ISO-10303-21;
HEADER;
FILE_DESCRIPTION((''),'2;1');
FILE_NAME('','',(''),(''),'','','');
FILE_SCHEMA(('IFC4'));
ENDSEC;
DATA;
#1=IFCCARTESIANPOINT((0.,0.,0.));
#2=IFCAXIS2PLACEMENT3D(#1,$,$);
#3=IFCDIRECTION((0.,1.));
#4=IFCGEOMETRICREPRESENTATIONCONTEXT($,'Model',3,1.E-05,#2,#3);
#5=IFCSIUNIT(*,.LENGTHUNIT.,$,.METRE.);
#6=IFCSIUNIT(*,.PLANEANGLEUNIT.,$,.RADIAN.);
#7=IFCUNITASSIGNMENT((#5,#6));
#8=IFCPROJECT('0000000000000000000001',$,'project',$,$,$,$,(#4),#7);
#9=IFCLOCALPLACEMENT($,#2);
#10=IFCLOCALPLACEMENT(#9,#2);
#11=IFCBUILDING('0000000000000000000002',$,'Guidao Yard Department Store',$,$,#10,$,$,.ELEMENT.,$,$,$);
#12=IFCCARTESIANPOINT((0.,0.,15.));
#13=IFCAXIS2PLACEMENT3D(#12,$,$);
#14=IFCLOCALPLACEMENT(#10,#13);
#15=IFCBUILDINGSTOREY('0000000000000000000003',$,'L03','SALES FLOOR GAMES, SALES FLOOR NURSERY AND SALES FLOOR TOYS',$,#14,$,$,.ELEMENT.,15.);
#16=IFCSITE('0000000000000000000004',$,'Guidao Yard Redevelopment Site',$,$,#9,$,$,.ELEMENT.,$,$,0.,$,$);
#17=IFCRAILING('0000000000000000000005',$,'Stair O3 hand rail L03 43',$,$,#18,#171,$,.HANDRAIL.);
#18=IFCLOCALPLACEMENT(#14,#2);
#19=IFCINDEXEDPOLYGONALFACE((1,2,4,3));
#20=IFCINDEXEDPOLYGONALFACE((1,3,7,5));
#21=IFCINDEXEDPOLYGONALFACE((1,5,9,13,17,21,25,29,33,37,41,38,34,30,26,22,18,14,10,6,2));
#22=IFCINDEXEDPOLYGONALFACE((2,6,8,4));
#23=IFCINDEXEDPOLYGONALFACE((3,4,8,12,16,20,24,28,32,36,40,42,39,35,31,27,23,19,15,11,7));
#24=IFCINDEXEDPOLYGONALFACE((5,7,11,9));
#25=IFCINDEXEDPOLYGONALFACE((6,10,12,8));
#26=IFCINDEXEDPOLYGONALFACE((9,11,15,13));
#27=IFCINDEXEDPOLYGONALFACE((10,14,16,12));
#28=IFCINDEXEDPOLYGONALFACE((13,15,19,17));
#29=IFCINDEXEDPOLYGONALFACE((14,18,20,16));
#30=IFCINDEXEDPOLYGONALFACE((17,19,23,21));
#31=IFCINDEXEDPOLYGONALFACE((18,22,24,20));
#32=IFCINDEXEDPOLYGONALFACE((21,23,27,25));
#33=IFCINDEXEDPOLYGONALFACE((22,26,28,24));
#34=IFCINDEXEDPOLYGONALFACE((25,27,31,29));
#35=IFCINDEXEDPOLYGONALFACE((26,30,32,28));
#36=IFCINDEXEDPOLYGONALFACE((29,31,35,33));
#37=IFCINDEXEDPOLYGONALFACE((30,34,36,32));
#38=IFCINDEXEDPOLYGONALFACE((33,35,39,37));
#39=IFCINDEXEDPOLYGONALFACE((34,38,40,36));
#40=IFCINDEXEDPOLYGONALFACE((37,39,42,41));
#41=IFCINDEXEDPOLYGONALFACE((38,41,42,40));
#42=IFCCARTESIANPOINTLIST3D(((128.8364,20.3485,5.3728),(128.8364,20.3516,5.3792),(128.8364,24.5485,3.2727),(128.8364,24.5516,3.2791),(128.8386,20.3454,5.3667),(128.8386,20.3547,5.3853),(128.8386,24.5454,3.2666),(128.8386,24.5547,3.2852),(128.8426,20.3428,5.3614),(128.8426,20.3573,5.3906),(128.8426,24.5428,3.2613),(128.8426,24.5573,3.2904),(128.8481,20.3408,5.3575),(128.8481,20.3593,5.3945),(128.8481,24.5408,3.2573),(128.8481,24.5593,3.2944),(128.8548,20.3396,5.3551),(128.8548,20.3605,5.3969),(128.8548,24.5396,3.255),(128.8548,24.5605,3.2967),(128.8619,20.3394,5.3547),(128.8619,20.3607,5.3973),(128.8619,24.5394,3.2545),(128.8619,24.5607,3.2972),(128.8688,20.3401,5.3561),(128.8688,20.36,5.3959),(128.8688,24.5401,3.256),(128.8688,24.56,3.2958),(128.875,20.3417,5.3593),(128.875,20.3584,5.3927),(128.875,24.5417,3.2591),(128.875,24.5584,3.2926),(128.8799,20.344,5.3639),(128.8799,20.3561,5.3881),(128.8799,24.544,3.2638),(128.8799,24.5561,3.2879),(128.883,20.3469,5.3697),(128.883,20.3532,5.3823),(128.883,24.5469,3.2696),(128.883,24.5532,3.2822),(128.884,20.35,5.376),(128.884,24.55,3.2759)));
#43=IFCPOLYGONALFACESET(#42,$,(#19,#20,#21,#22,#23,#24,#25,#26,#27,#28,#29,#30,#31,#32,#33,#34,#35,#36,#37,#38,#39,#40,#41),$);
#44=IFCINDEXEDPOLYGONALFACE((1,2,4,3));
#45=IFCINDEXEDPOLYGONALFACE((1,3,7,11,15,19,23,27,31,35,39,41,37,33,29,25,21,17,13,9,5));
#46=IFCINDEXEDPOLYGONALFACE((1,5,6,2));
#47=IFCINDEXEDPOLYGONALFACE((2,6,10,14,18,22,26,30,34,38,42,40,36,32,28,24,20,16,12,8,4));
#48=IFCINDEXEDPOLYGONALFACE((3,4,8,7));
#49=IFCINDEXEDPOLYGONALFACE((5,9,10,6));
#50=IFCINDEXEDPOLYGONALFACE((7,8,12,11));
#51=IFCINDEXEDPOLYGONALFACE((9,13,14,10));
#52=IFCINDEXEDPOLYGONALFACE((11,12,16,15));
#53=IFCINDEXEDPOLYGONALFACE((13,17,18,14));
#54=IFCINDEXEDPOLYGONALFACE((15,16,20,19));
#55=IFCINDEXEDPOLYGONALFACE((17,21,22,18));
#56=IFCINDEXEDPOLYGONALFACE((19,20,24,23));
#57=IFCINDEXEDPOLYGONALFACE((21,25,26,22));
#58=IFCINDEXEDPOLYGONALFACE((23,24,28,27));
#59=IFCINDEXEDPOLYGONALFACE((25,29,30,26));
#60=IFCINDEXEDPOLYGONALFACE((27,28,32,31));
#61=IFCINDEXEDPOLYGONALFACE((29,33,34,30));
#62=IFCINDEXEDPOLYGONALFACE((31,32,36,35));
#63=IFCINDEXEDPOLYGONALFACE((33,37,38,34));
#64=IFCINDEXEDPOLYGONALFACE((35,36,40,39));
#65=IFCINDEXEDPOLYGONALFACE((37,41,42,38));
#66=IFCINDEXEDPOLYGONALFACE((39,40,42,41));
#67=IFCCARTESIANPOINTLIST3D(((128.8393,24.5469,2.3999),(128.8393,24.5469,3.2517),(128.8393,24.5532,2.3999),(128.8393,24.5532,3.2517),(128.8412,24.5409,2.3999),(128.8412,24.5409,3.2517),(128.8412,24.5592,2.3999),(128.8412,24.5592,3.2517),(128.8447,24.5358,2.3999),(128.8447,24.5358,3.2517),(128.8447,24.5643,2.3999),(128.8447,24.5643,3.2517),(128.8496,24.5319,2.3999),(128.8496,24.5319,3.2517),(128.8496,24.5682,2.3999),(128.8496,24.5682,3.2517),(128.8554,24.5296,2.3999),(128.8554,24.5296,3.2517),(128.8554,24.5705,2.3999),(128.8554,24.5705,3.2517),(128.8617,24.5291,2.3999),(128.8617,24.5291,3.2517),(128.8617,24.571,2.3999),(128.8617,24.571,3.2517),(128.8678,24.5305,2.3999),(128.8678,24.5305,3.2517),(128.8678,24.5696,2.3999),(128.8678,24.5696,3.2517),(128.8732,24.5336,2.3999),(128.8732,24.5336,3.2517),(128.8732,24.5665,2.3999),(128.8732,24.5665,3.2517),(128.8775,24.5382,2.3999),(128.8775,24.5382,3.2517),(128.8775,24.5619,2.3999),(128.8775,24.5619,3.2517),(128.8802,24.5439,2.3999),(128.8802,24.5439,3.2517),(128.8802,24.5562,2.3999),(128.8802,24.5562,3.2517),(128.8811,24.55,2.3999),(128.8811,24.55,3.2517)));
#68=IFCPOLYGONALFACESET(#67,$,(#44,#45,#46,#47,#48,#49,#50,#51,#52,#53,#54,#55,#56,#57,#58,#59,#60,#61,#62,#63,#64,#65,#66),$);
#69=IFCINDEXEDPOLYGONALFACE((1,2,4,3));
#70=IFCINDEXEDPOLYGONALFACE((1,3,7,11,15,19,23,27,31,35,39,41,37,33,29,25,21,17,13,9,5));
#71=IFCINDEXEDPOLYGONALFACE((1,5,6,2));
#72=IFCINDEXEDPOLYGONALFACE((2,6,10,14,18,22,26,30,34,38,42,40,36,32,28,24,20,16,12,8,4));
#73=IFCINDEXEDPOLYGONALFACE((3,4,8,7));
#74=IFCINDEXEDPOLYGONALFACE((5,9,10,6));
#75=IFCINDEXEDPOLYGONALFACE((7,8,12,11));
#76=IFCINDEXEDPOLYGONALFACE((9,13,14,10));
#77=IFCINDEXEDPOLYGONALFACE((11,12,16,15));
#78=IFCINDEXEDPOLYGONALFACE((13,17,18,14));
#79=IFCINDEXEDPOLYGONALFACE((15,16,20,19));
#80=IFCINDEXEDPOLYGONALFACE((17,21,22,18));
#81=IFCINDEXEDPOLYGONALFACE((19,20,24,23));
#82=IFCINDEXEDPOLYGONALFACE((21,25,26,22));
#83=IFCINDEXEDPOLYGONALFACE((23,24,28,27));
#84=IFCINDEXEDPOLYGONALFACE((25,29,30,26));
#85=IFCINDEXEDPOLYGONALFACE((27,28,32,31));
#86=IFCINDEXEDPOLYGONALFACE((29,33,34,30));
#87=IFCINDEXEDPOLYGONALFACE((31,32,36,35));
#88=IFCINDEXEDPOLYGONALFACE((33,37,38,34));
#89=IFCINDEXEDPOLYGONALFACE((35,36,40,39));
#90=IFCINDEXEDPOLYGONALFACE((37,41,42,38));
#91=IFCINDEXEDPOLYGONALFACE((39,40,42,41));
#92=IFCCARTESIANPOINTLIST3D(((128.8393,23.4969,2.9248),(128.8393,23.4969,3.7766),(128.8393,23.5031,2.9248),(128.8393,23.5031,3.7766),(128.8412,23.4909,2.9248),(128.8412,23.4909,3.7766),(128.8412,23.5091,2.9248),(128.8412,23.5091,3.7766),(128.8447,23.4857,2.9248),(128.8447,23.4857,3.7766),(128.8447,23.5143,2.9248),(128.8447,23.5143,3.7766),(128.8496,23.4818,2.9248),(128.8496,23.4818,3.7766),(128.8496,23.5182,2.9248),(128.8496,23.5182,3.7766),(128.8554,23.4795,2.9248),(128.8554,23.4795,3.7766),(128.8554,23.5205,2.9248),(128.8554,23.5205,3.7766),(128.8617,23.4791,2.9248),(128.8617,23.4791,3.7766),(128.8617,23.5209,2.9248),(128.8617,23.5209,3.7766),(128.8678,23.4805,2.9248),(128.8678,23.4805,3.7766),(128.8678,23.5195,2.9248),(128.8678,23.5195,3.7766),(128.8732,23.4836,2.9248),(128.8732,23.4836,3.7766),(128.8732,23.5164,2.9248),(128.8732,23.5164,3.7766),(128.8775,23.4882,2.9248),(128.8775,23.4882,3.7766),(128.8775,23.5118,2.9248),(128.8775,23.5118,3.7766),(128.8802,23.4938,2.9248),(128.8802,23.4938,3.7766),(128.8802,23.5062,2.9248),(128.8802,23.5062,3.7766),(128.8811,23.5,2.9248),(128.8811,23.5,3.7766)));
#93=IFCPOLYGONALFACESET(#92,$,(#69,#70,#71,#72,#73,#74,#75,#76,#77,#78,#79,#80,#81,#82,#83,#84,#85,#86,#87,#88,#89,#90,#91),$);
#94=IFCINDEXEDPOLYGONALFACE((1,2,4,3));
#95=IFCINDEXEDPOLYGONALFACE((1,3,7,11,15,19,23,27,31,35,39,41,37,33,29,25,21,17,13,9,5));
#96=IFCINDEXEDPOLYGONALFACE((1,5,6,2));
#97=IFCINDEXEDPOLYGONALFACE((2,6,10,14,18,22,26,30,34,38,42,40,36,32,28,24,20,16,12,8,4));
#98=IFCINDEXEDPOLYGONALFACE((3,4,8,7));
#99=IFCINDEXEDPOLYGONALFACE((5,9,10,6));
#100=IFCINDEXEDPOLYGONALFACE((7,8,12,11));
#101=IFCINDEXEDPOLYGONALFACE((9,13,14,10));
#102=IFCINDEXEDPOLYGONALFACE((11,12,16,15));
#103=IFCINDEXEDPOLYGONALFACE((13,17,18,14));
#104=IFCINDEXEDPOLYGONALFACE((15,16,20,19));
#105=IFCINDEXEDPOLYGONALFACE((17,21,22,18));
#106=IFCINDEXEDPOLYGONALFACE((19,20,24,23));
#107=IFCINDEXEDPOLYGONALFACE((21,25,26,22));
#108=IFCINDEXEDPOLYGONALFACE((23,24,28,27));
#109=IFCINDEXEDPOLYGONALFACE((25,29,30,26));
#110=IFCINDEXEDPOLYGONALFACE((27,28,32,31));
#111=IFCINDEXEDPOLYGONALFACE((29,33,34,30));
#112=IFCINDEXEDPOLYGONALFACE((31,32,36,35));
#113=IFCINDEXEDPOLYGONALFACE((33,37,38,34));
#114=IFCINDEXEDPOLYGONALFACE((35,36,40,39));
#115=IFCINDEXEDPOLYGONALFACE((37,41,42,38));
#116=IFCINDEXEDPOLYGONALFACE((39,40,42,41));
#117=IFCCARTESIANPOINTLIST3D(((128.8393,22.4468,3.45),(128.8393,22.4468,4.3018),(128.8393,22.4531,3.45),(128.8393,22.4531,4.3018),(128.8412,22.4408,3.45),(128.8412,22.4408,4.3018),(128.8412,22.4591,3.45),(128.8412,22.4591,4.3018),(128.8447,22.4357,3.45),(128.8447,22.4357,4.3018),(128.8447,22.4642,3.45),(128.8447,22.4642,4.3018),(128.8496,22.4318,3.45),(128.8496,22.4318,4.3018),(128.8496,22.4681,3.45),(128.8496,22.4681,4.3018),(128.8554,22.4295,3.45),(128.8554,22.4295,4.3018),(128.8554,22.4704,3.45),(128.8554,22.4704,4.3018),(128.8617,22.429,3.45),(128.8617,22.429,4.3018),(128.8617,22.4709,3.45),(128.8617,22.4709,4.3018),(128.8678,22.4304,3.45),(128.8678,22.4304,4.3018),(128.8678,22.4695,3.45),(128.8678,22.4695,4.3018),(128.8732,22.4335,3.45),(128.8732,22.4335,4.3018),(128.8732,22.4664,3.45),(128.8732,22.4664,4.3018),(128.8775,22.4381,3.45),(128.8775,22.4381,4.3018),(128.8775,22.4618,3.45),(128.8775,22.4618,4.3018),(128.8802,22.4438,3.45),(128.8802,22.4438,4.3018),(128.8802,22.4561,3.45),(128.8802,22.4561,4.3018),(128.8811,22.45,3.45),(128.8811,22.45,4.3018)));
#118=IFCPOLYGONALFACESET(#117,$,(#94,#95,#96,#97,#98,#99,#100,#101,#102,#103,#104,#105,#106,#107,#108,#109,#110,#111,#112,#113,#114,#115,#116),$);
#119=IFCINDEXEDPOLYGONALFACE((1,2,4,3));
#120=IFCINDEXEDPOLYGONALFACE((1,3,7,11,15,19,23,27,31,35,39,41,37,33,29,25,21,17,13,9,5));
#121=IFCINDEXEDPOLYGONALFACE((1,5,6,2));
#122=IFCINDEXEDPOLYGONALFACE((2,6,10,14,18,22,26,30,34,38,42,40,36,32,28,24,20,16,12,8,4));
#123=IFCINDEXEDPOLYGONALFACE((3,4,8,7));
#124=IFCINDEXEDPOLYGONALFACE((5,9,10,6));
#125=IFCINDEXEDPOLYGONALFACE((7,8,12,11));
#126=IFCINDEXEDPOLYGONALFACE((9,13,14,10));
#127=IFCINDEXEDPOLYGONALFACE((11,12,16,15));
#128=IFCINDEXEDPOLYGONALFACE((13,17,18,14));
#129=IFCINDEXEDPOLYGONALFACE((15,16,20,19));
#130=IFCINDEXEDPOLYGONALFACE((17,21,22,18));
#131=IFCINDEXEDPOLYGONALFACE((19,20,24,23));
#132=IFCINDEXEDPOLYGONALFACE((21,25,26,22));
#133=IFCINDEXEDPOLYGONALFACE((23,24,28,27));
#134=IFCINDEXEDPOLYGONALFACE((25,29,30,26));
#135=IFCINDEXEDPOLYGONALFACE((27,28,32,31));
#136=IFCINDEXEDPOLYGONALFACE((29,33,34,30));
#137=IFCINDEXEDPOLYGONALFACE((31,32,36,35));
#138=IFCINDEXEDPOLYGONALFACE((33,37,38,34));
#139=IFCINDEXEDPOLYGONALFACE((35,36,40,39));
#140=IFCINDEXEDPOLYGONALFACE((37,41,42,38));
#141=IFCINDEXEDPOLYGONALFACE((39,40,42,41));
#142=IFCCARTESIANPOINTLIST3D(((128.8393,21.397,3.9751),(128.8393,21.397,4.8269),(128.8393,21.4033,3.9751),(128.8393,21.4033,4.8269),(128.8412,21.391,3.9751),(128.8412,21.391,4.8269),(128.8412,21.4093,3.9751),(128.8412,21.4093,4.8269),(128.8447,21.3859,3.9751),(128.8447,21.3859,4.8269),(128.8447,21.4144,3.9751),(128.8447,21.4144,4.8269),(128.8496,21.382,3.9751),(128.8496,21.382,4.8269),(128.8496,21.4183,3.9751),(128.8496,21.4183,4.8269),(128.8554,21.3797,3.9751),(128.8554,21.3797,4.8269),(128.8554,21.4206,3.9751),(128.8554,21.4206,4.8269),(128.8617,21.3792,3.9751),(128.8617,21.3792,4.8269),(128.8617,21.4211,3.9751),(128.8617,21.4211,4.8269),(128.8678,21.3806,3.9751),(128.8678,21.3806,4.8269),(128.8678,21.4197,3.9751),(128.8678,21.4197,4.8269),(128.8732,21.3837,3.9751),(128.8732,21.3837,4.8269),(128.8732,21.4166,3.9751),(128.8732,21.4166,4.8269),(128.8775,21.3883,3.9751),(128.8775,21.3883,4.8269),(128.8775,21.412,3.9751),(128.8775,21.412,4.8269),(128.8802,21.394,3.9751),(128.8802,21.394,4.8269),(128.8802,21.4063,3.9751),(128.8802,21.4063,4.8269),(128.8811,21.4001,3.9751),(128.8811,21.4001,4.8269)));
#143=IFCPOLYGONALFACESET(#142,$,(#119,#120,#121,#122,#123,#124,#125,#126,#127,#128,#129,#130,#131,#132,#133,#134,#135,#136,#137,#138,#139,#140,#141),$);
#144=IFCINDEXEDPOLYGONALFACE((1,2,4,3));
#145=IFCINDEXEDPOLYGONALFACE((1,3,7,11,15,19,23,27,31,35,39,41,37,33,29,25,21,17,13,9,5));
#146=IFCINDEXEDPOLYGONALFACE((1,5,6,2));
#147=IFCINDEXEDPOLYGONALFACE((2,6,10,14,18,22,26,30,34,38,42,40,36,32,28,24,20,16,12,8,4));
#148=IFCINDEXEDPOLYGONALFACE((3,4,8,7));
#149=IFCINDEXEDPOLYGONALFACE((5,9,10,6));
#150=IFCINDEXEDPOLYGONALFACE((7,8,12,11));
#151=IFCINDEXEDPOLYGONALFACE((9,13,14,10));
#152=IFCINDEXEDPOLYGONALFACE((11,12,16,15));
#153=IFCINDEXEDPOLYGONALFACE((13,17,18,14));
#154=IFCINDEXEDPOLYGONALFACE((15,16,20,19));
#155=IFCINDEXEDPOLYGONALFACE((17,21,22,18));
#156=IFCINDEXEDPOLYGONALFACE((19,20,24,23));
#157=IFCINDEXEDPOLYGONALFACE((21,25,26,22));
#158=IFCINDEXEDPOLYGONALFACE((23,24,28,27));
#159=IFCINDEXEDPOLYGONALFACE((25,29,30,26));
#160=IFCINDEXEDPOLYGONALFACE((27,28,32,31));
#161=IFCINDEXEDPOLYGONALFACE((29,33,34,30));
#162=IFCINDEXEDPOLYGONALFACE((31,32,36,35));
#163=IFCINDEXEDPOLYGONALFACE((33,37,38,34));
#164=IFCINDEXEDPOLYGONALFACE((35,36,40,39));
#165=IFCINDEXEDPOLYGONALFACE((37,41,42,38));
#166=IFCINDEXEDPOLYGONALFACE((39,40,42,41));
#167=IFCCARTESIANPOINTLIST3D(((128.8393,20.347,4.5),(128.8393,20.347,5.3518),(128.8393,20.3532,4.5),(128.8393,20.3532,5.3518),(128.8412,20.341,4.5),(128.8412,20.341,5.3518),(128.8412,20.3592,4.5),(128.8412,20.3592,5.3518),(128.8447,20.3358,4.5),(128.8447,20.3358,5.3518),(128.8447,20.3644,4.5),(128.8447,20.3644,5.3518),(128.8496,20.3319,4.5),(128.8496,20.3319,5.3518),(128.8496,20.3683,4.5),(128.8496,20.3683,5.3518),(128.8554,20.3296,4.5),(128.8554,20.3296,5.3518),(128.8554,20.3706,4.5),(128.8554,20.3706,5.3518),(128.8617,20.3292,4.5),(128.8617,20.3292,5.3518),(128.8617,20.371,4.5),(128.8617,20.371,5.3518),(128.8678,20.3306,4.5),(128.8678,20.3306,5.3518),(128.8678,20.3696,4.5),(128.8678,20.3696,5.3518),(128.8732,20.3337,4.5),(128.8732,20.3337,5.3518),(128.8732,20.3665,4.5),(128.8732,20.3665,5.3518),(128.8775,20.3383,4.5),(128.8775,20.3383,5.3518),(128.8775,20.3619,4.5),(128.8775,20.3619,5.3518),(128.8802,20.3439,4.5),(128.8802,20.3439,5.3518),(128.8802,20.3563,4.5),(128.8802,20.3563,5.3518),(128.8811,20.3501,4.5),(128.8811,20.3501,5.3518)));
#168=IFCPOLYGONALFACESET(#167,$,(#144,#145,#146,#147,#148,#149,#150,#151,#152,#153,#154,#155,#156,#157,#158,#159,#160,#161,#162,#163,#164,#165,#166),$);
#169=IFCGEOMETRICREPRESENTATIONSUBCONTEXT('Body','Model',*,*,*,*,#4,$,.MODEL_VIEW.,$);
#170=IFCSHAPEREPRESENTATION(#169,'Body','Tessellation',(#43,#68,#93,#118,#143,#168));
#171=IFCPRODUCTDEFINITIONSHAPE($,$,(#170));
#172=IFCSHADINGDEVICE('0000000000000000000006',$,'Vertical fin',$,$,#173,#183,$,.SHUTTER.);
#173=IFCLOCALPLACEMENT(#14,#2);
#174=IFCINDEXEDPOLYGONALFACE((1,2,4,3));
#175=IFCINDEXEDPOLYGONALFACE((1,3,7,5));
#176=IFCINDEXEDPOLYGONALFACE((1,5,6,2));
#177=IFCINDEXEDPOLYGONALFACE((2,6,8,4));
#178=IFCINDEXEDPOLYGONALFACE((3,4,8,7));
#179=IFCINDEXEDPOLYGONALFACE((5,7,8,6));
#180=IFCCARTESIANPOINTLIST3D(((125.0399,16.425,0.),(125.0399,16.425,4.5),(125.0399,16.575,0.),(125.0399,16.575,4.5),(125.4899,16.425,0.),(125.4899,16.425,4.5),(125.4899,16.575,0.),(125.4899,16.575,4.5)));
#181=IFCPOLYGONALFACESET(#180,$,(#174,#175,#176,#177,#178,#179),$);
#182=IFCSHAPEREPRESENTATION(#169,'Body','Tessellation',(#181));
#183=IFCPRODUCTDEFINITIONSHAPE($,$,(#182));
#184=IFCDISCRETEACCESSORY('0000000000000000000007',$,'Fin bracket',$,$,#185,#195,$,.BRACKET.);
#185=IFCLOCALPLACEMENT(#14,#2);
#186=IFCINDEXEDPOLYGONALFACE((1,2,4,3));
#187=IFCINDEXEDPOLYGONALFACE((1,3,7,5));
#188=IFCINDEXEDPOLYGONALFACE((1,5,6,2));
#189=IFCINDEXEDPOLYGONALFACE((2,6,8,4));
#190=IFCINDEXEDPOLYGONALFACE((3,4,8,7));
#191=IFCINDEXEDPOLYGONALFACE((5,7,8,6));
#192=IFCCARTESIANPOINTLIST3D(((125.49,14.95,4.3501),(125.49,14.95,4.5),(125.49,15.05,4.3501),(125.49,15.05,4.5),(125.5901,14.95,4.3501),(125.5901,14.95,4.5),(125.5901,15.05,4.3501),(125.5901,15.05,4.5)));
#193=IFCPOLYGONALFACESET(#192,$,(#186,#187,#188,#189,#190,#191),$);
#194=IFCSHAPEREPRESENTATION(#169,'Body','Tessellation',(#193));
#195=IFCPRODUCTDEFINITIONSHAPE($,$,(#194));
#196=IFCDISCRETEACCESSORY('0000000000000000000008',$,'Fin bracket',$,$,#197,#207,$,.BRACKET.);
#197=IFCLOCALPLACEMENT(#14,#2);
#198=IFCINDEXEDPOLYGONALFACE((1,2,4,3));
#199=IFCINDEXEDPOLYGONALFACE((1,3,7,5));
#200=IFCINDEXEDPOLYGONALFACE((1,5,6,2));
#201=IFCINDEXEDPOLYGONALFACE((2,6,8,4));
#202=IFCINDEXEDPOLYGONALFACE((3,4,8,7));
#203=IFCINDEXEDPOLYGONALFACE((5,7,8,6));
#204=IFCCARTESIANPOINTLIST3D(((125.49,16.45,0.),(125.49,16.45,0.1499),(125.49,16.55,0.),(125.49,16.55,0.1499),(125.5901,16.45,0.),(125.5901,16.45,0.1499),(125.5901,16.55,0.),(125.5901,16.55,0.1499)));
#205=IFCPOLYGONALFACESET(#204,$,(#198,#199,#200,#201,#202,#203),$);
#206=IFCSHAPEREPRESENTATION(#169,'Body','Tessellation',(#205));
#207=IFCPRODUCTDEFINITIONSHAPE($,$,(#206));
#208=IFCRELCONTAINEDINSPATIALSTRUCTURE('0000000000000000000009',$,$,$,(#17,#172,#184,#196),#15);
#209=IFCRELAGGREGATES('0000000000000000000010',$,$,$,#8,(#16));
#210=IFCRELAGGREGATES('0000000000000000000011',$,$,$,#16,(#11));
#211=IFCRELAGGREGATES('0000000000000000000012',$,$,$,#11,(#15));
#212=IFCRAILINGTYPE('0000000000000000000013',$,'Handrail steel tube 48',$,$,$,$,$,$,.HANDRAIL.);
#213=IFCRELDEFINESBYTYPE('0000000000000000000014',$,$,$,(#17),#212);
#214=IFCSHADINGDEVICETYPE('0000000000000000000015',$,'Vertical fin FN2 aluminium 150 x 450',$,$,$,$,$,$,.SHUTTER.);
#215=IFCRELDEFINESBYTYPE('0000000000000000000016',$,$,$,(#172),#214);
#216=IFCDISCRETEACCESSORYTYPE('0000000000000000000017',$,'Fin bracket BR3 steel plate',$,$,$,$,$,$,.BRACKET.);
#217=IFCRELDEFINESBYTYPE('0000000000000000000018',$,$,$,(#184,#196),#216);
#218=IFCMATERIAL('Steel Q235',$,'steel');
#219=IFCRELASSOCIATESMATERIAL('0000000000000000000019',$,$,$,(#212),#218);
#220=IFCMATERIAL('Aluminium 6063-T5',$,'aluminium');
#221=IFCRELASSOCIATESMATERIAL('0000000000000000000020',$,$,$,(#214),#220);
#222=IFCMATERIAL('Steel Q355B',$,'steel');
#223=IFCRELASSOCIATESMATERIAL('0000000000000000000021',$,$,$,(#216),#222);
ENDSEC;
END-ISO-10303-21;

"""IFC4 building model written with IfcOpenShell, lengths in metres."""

from ifc_helpers import new_model, si_unit, direction, frame, origin, origin_2d, place, context, subcontext, project, spatial, rectangle, circle, extrude, material, type_object, element, save


model = new_model("IFC4")

# Units and contexts
model_context = context("Model", 3, precision=1e-05, world=origin(), true_north=direction((0.0, 1.0)))
body_context = subcontext(model_context, "Body", "Model", "MODEL_VIEW")
ifc_project = project(units=[si_unit("LENGTHUNIT", "METRE"), si_unit("PLANEANGLEUNIT", "RADIAN")], contexts=[model_context])

# Site, building, storey
site_placement = place(None, origin())
site = spatial("IfcSite", under=ifc_project, at=site_placement, Name="Guidao Yard Redevelopment Site", CompositionType="ELEMENT", RefElevation=0.0)
building_placement = place(site_placement, origin())
building = spatial("IfcBuilding", under=site, at=building_placement, Name="Guidao Yard Department Store", CompositionType="ELEMENT")
storey_placement = place(building_placement, frame((0.0, 0.0, 15.0)))
storey = spatial("IfcBuildingStorey", under=building, at=storey_placement, Name="L03", Description="SALES FLOOR GAMES, SALES FLOOR NURSERY AND SALES FLOOR TOYS", CompositionType="ELEMENT", Elevation=15.0)

# Railing
ifc_material_1 = material(Name="Steel Q235", Category="steel")
railing_type_1 = type_object("IfcRailingType", Name="Handrail steel tube 48", PredefinedType="HANDRAIL", material=ifc_material_1)
railing_1_placement = place(storey_placement, frame((128.8601, 24.55, 2.3999)))
element("IfcRailing", 1, at=railing_1_placement, inside=storey, type_object=railing_type_1, Name="Stair O3 hand rail L03 43", PredefinedType="HANDRAIL", context=body_context, shape_type="SweptSolid", body=[
    extrude(circle(Radius=0.0239, at=origin_2d()), frame((0.0, 0.0, 0.876), z_axis=(0.0, -0.894417, 0.447234), x_axis=(1.0, 0.0, 0.0)), (0.0, 0.0, 1.0), 4.6958),
    extrude(circle(Radius=0.021, at=origin_2d()), origin(), (0.0, 0.0, 1.0), 0.8518),
    extrude(circle(Radius=0.021, at=origin_2d()), frame((0.0, -1.05, 0.5249)), (0.0, 0.0, 1.0), 0.8518),
    extrude(circle(Radius=0.021, at=origin_2d()), frame((0.0, -2.1001, 1.05)), (0.0, 0.0, 1.0), 0.8518),
    extrude(circle(Radius=0.021, at=origin_2d()), frame((0.0, -3.1499, 1.5752)), (0.0, 0.0, 1.0), 0.8518),
    extrude(circle(Radius=0.021, at=origin_2d()), frame((0.0, -4.2, 2.1001)), (0.0, 0.0, 1.0), 0.8518),
])

# Shading device
ifc_material_2 = material(Name="Aluminium 6063-T5", Category="aluminium")
shading_device_type = type_object("IfcShadingDeviceType", Name="Vertical fin FN2 aluminium 150 x 450", PredefinedType="SHUTTER", material=ifc_material_2)
shading_device_placement = place(storey_placement, frame((125.2649, 16.5, 0.0), z_axis=(0.0, 0.0, 1.0), x_axis=(0.0, 1.0, 0.0)))
element("IfcShadingDevice", 2, at=shading_device_placement, inside=storey, type_object=shading_device_type, Name="Vertical fin", PredefinedType="SHUTTER", context=body_context, shape_type="SweptSolid", body=[
    extrude(rectangle(XDim=0.1499, YDim=0.45, at=origin_2d()), origin(), (0.0, 0.0, 1.0), 4.5),
])

# Discrete accessories
ifc_material_3 = material(Name="Steel Q355B", Category="steel")
discrete_accessory_type = type_object("IfcDiscreteAccessoryType", Name="Fin bracket BR3 steel plate", PredefinedType="BRACKET", material=ifc_material_3)
for number, where, z_axis, x_axis, name in (
    (3, (125.54, 15.0, 4.3501), (0.0, 0.0, 1.0), (0.0, 1.0, 0.0), "Fin bracket"),
    (4, (125.54, 16.5, 0.0), (0.0, 0.0, 1.0), (0.0, 1.0, 0.0), "Fin bracket"),
):
    element("IfcDiscreteAccessory", number, at=place(storey_placement, frame(where, z_axis=z_axis, x_axis=x_axis)), inside=storey, type_object=discrete_accessory_type, Name=name, PredefinedType="BRACKET", context=body_context, shape_type="SweptSolid", body=[
        extrude(rectangle(XDim=0.1001, YDim=0.1001, at=origin_2d()), origin(), (0.0, 0.0, 1.0), 0.1499),
    ])

save(model, "model.ifc")
